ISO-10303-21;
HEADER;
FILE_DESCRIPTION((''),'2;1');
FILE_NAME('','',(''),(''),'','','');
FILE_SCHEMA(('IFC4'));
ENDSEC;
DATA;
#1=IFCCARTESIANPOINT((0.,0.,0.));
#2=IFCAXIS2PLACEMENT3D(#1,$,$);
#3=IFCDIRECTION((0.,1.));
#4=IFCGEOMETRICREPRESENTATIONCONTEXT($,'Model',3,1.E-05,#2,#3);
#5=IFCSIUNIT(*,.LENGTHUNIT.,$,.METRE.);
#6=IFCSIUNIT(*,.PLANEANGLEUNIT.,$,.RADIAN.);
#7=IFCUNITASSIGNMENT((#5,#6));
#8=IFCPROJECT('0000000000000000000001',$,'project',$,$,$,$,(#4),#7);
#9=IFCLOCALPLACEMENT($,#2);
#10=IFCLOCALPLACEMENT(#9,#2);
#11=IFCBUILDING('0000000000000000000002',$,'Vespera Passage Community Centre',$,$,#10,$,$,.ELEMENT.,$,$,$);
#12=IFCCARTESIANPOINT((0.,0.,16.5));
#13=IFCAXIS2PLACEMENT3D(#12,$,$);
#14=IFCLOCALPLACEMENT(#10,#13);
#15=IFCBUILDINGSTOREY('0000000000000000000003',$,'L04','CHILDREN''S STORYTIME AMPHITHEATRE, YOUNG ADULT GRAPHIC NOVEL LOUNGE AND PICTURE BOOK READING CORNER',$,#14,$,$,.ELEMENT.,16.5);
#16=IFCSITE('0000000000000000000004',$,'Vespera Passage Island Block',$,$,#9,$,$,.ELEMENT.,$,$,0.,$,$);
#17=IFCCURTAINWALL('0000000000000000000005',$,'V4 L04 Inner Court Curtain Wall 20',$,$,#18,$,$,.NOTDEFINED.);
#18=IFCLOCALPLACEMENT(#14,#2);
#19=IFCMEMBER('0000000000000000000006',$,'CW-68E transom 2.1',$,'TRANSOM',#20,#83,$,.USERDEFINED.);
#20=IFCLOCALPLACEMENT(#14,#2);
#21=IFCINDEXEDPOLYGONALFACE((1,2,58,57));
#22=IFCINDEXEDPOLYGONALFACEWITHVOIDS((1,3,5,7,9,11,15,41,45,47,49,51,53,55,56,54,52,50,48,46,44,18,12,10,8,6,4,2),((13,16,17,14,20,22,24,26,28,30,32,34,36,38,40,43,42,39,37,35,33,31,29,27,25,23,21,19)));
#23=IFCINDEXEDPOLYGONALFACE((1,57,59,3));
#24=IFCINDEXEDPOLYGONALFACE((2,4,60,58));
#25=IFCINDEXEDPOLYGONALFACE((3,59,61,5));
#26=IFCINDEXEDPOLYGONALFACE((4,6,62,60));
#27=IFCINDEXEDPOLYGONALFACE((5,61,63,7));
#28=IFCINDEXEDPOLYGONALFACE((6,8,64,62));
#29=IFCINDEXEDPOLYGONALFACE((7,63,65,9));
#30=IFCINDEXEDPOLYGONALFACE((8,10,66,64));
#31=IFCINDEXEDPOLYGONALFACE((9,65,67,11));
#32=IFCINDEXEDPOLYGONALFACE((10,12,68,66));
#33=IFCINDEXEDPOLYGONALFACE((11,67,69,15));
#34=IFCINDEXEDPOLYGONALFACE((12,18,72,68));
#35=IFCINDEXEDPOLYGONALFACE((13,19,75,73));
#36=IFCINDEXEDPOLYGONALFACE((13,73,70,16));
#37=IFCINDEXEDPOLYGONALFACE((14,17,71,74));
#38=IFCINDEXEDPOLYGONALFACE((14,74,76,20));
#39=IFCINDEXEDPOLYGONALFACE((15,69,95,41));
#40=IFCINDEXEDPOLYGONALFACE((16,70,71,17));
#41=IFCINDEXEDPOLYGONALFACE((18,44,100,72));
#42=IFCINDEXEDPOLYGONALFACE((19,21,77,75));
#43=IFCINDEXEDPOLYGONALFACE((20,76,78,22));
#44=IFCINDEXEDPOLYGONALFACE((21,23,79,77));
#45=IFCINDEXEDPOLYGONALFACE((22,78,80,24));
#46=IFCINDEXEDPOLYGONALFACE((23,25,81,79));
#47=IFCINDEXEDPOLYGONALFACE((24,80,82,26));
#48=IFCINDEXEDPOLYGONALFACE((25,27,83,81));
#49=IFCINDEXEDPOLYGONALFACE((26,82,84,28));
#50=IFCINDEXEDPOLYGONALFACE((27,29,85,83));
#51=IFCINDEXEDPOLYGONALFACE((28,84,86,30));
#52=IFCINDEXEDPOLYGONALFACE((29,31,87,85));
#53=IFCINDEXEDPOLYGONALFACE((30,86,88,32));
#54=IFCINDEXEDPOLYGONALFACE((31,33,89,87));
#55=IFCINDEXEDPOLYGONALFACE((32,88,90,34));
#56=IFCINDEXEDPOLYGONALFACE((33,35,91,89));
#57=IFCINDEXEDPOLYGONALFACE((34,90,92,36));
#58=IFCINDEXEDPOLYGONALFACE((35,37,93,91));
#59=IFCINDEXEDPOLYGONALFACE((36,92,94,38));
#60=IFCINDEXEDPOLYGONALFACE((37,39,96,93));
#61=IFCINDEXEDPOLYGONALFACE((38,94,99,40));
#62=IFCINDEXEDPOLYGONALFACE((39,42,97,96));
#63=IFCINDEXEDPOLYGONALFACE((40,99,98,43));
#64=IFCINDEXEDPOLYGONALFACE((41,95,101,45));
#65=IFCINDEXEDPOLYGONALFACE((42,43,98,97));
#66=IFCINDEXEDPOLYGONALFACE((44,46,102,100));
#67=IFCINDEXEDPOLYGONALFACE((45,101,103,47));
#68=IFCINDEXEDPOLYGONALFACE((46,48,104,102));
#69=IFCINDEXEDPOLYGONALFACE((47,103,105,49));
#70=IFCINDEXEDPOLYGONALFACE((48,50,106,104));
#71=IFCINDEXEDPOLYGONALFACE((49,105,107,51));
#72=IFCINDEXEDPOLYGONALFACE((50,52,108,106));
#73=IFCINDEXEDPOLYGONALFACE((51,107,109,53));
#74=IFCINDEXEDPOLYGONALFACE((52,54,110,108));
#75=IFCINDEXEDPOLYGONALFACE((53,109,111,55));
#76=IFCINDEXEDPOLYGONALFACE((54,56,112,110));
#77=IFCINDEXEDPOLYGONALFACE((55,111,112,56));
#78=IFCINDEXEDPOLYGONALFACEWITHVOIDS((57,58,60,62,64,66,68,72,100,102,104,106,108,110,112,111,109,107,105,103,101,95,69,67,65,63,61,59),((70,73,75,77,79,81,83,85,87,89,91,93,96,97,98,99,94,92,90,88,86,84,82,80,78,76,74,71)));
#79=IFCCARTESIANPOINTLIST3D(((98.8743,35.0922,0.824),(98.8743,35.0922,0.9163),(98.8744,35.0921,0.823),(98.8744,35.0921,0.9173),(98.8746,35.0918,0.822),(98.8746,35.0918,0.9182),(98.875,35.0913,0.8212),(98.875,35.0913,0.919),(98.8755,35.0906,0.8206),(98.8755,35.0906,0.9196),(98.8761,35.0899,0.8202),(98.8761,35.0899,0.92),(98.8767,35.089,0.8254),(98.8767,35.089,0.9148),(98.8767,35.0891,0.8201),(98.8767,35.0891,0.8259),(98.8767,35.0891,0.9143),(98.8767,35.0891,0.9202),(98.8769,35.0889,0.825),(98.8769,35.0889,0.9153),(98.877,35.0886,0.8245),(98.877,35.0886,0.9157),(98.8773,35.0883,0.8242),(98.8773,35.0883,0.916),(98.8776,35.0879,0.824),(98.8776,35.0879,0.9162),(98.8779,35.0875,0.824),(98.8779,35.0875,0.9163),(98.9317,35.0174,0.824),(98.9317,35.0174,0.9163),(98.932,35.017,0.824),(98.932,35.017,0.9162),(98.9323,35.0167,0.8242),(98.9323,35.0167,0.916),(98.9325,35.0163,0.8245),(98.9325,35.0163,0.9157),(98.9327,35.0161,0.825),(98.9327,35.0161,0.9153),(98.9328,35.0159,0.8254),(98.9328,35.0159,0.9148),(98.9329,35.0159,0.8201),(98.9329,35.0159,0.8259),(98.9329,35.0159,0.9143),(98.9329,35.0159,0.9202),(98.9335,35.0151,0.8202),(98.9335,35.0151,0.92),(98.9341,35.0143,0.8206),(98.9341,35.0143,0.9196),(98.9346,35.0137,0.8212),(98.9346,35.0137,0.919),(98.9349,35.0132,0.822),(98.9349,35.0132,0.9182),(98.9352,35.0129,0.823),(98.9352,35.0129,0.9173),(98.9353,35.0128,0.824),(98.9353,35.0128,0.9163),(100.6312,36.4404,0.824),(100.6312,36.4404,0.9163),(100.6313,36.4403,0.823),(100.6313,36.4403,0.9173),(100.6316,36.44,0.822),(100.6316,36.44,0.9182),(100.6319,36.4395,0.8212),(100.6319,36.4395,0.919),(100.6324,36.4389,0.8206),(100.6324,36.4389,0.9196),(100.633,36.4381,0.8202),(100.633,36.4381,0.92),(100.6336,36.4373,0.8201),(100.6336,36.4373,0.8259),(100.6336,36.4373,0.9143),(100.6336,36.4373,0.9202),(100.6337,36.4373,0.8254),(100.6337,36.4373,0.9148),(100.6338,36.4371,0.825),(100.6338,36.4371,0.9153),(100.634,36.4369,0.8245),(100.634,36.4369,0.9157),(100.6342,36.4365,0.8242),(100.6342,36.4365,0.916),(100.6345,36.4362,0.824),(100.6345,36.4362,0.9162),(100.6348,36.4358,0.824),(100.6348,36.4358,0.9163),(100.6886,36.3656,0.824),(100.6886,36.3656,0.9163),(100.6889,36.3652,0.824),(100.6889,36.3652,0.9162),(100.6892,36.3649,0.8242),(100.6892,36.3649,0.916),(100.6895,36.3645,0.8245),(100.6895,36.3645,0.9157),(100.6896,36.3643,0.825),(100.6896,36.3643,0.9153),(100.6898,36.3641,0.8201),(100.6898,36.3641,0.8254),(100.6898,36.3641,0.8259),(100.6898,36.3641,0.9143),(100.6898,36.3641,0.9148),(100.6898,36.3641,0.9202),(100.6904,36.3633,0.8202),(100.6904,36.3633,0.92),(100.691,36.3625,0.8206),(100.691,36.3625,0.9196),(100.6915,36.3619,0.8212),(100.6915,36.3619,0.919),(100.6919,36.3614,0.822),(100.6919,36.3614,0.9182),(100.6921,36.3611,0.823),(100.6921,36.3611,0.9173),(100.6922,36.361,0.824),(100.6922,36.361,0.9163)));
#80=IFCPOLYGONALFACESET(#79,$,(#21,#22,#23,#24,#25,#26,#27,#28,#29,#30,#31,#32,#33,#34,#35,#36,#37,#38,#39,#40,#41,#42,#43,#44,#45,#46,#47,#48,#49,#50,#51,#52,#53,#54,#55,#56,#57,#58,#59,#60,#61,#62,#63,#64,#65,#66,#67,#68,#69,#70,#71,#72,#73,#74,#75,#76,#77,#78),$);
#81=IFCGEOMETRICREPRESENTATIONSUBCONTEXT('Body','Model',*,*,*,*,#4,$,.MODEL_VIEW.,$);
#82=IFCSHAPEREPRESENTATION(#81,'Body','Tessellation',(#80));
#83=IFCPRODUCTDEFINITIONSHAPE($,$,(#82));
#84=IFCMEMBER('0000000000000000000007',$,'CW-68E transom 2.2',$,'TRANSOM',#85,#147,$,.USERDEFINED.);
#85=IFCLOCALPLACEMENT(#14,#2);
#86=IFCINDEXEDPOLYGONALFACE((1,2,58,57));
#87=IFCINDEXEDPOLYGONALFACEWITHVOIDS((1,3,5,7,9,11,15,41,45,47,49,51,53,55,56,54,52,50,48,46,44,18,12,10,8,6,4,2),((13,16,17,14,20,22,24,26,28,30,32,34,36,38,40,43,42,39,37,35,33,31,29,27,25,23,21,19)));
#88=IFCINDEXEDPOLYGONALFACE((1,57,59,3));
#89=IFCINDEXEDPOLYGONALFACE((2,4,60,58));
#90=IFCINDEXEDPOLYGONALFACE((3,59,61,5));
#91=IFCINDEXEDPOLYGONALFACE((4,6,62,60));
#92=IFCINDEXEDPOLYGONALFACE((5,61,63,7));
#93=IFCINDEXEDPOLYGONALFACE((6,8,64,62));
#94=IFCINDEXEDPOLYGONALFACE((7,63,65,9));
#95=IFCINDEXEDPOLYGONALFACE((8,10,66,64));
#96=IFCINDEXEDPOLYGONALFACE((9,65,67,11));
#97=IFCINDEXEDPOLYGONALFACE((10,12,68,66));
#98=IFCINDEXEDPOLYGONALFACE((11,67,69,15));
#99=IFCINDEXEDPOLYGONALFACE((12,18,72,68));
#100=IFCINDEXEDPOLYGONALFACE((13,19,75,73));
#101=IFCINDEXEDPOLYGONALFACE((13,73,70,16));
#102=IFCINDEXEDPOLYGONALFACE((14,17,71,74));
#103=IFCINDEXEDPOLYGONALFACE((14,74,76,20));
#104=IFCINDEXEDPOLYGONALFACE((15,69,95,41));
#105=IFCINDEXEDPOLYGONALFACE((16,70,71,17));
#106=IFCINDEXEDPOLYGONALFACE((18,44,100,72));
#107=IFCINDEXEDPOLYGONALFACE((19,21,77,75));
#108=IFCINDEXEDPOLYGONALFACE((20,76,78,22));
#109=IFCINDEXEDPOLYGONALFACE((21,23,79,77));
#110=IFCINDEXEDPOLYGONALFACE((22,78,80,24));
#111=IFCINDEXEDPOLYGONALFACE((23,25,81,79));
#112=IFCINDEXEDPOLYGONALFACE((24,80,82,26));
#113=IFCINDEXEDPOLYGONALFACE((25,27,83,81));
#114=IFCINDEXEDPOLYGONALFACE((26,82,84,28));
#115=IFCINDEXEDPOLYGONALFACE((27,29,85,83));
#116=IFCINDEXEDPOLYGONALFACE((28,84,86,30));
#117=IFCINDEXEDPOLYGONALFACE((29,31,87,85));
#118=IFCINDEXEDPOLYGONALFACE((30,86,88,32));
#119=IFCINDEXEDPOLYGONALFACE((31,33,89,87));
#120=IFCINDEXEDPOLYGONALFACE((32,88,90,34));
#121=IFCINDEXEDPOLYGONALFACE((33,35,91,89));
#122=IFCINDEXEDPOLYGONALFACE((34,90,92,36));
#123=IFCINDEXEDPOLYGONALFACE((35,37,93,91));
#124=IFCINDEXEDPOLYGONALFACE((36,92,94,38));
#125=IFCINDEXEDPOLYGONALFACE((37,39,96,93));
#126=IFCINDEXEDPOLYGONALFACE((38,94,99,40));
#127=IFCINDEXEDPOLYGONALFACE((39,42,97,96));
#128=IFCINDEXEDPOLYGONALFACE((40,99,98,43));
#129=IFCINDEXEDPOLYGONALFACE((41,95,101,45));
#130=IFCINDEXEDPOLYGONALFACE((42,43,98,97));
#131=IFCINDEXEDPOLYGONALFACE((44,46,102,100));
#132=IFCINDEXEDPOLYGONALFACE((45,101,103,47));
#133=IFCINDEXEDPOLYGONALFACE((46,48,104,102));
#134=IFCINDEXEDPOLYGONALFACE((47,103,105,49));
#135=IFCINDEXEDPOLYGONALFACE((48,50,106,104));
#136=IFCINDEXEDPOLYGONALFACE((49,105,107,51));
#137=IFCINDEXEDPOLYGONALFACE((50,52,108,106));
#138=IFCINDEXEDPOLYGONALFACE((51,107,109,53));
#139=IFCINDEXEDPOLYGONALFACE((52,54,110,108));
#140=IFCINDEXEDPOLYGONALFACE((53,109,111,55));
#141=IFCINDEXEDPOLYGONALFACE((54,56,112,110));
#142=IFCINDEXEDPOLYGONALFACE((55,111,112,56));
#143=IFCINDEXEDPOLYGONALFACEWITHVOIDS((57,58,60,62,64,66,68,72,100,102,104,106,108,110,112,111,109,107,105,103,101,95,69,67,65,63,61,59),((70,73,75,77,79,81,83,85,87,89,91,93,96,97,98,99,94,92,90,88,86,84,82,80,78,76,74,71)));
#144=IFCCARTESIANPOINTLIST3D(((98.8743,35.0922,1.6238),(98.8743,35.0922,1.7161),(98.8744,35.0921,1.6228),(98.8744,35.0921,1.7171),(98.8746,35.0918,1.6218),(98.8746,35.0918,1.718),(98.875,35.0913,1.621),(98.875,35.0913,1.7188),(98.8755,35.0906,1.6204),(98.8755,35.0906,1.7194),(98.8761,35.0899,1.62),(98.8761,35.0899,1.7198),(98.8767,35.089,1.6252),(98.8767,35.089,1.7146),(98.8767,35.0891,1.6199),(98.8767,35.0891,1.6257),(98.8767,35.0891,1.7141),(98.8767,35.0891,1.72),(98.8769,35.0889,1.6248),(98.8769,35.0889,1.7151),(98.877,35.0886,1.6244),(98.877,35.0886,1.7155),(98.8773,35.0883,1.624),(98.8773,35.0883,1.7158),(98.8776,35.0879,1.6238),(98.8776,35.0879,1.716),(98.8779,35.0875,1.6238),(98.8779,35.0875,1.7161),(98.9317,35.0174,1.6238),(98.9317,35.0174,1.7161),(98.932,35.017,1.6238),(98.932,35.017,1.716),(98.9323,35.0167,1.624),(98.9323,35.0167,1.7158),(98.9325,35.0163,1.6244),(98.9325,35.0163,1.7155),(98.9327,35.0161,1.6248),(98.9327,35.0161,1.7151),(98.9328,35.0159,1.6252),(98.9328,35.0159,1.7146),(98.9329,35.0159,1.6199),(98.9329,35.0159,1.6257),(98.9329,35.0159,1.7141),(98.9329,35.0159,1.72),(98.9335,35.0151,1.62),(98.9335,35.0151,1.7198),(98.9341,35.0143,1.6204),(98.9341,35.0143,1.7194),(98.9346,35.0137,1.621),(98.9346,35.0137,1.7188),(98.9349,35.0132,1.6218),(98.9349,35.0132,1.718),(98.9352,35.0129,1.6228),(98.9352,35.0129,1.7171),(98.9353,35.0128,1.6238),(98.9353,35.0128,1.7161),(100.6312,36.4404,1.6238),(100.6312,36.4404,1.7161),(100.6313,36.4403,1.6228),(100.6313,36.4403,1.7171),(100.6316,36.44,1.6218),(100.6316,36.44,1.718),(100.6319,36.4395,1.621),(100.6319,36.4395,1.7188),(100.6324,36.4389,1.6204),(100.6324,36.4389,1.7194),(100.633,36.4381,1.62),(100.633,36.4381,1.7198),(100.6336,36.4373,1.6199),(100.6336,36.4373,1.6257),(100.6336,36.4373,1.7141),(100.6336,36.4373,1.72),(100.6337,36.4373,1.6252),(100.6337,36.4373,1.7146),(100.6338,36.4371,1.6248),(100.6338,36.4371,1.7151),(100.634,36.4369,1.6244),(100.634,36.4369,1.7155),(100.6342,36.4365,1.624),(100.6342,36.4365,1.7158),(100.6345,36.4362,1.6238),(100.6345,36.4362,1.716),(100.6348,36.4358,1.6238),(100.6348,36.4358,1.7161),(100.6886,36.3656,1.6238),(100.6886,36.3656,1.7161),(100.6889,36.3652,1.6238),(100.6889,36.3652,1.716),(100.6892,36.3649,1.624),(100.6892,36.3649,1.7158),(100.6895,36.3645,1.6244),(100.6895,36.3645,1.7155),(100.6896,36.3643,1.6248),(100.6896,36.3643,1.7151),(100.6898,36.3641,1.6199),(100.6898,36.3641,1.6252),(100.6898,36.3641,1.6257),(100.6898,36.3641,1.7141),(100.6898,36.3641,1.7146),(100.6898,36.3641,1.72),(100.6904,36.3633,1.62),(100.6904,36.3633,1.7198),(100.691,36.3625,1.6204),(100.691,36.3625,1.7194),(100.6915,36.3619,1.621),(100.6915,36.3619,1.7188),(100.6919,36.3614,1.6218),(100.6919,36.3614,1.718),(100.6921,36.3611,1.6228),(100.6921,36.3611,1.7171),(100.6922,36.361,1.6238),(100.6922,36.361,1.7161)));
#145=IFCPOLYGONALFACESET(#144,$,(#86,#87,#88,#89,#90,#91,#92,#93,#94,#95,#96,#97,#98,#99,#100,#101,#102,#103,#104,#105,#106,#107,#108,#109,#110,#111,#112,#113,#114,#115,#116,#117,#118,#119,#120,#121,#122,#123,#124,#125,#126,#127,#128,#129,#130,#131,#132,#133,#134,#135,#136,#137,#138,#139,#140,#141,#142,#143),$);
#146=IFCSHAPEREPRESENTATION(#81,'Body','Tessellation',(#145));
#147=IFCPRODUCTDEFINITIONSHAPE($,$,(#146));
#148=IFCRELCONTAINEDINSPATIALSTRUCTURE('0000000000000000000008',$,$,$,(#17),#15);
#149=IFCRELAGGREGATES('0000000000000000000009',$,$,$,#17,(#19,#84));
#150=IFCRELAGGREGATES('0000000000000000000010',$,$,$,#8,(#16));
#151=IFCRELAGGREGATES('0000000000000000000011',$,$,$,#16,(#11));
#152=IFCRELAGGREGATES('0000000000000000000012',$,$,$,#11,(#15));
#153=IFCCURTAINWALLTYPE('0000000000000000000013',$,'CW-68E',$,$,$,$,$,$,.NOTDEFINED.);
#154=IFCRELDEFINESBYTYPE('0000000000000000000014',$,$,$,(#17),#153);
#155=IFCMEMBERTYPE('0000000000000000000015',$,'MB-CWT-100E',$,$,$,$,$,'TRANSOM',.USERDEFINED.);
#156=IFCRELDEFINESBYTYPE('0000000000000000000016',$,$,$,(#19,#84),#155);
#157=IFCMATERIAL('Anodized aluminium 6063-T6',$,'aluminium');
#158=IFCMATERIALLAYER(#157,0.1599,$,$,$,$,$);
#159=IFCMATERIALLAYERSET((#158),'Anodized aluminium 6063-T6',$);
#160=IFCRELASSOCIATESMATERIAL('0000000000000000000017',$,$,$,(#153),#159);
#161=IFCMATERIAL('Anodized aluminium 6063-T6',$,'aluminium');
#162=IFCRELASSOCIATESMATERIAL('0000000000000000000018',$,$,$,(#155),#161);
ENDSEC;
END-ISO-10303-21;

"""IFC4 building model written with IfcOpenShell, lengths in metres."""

from ifc_helpers import new_model, si_unit, direction, frame, origin, origin_2d, place, context, subcontext, project, spatial, hollow_rectangle, extrude, material, layer, layer_set, material_profile, profile_set, type_object, element, aggregate, save


model = new_model("IFC4")

# Units and contexts
model_context = context("Model", 3, precision=1e-05, world=origin(), true_north=direction((0.0, 1.0)))
body_context = subcontext(model_context, "Body", "Model", "MODEL_VIEW")
ifc_project = project(units=[si_unit("LENGTHUNIT", "METRE"), si_unit("PLANEANGLEUNIT", "RADIAN")], contexts=[model_context])

# Site, building, storey
site_placement = place(None, origin())
site = spatial("IfcSite", under=ifc_project, at=site_placement, Name="Vespera Passage Island Block", CompositionType="ELEMENT", RefElevation=0.0)
building_placement = place(site_placement, origin())
building = spatial("IfcBuilding", under=site, at=building_placement, Name="Vespera Passage Community Centre", CompositionType="ELEMENT")
storey_placement = place(building_placement, frame((0.0, 0.0, 16.5)))
storey = spatial("IfcBuildingStorey", under=building, at=storey_placement, Name="L04", Description="CHILDREN'S STORYTIME AMPHITHEATRE, YOUNG ADULT GRAPHIC NOVEL LOUNGE AND PICTURE BOOK READING CORNER", CompositionType="ELEMENT", Elevation=16.5)

# Curtain wall, members
ifc_material_1 = material(Name="Anodized aluminium 6063-T6", Category="aluminium")
ifc_layer_1 = layer(ifc_material_1, 0.1599)
ifc_layer_set_1 = layer_set([ifc_layer_1], Name="Anodized aluminium 6063-T6")
curtain_wall_type = type_object("IfcCurtainWallType", Name="CW-68E", PredefinedType="NOTDEFINED", material=ifc_layer_set_1)
curtain_wall_placement = place(storey_placement, origin())
curtain_wall = element("IfcCurtainWall", 1, at=curtain_wall_placement, inside=storey, type_object=curtain_wall_type, Name="V4 L04 Inner Court Curtain Wall 20", PredefinedType="NOTDEFINED")
ifc_material_2 = material(Name="Anodized aluminium 6063-T6", Category="aluminium")
ifc_material_profile_1 = material_profile(ifc_material_2, hollow_rectangle(XDim=0.1001, YDim=0.1001, WallThickness=0.0039, InnerFilletRadius=0.002, OuterFilletRadius=0.0039, at=origin_2d()), Name="ALU100X100X4")
ifc_profile_set_1 = profile_set([ifc_material_profile_1], Name="Anodized aluminium 6063-T6")
member_type_1 = type_object("IfcMemberType", Name="MB-CWT-100E", ElementType="TRANSOM", PredefinedType="USERDEFINED", material=ifc_profile_set_1)
member_1_placement = place(storey_placement, frame((98.9048, 35.0525, 0.8701), z_axis=(0.793337, 0.608783, 0.0), x_axis=(-0.608783, 0.793337, 0.0)))
member_1 = element("IfcMember", 2, at=member_1_placement, type_object=member_type_1, Name="CW-68E transom 2.1", ObjectType="TRANSOM", PredefinedType="USERDEFINED", context=body_context, shape_type="SweptSolid", body=[
    extrude(hollow_rectangle(XDim=0.1001, YDim=0.1001, WallThickness=0.0039, InnerFilletRadius=0.002, OuterFilletRadius=0.0039, at=origin_2d()), origin(), (0.0, 0.0, 1.0), 2.2146),
])
member_2_placement = place(storey_placement, frame((98.9048, 35.0525, 1.6699), z_axis=(0.793337, 0.608783, 0.0), x_axis=(-0.608783, 0.793337, 0.0)))
member_2 = element("IfcMember", 3, at=member_2_placement, type_object=member_type_1, Name="CW-68E transom 2.2", ObjectType="TRANSOM", PredefinedType="USERDEFINED", context=body_context, shape_type="SweptSolid", body=[
    extrude(hollow_rectangle(XDim=0.1001, YDim=0.1001, WallThickness=0.0039, InnerFilletRadius=0.002, OuterFilletRadius=0.0039, at=origin_2d()), origin(), (0.0, 0.0, 1.0), 2.2146),
])
aggregate(curtain_wall, [member_1, member_2])

save(model, "model.ifc")
